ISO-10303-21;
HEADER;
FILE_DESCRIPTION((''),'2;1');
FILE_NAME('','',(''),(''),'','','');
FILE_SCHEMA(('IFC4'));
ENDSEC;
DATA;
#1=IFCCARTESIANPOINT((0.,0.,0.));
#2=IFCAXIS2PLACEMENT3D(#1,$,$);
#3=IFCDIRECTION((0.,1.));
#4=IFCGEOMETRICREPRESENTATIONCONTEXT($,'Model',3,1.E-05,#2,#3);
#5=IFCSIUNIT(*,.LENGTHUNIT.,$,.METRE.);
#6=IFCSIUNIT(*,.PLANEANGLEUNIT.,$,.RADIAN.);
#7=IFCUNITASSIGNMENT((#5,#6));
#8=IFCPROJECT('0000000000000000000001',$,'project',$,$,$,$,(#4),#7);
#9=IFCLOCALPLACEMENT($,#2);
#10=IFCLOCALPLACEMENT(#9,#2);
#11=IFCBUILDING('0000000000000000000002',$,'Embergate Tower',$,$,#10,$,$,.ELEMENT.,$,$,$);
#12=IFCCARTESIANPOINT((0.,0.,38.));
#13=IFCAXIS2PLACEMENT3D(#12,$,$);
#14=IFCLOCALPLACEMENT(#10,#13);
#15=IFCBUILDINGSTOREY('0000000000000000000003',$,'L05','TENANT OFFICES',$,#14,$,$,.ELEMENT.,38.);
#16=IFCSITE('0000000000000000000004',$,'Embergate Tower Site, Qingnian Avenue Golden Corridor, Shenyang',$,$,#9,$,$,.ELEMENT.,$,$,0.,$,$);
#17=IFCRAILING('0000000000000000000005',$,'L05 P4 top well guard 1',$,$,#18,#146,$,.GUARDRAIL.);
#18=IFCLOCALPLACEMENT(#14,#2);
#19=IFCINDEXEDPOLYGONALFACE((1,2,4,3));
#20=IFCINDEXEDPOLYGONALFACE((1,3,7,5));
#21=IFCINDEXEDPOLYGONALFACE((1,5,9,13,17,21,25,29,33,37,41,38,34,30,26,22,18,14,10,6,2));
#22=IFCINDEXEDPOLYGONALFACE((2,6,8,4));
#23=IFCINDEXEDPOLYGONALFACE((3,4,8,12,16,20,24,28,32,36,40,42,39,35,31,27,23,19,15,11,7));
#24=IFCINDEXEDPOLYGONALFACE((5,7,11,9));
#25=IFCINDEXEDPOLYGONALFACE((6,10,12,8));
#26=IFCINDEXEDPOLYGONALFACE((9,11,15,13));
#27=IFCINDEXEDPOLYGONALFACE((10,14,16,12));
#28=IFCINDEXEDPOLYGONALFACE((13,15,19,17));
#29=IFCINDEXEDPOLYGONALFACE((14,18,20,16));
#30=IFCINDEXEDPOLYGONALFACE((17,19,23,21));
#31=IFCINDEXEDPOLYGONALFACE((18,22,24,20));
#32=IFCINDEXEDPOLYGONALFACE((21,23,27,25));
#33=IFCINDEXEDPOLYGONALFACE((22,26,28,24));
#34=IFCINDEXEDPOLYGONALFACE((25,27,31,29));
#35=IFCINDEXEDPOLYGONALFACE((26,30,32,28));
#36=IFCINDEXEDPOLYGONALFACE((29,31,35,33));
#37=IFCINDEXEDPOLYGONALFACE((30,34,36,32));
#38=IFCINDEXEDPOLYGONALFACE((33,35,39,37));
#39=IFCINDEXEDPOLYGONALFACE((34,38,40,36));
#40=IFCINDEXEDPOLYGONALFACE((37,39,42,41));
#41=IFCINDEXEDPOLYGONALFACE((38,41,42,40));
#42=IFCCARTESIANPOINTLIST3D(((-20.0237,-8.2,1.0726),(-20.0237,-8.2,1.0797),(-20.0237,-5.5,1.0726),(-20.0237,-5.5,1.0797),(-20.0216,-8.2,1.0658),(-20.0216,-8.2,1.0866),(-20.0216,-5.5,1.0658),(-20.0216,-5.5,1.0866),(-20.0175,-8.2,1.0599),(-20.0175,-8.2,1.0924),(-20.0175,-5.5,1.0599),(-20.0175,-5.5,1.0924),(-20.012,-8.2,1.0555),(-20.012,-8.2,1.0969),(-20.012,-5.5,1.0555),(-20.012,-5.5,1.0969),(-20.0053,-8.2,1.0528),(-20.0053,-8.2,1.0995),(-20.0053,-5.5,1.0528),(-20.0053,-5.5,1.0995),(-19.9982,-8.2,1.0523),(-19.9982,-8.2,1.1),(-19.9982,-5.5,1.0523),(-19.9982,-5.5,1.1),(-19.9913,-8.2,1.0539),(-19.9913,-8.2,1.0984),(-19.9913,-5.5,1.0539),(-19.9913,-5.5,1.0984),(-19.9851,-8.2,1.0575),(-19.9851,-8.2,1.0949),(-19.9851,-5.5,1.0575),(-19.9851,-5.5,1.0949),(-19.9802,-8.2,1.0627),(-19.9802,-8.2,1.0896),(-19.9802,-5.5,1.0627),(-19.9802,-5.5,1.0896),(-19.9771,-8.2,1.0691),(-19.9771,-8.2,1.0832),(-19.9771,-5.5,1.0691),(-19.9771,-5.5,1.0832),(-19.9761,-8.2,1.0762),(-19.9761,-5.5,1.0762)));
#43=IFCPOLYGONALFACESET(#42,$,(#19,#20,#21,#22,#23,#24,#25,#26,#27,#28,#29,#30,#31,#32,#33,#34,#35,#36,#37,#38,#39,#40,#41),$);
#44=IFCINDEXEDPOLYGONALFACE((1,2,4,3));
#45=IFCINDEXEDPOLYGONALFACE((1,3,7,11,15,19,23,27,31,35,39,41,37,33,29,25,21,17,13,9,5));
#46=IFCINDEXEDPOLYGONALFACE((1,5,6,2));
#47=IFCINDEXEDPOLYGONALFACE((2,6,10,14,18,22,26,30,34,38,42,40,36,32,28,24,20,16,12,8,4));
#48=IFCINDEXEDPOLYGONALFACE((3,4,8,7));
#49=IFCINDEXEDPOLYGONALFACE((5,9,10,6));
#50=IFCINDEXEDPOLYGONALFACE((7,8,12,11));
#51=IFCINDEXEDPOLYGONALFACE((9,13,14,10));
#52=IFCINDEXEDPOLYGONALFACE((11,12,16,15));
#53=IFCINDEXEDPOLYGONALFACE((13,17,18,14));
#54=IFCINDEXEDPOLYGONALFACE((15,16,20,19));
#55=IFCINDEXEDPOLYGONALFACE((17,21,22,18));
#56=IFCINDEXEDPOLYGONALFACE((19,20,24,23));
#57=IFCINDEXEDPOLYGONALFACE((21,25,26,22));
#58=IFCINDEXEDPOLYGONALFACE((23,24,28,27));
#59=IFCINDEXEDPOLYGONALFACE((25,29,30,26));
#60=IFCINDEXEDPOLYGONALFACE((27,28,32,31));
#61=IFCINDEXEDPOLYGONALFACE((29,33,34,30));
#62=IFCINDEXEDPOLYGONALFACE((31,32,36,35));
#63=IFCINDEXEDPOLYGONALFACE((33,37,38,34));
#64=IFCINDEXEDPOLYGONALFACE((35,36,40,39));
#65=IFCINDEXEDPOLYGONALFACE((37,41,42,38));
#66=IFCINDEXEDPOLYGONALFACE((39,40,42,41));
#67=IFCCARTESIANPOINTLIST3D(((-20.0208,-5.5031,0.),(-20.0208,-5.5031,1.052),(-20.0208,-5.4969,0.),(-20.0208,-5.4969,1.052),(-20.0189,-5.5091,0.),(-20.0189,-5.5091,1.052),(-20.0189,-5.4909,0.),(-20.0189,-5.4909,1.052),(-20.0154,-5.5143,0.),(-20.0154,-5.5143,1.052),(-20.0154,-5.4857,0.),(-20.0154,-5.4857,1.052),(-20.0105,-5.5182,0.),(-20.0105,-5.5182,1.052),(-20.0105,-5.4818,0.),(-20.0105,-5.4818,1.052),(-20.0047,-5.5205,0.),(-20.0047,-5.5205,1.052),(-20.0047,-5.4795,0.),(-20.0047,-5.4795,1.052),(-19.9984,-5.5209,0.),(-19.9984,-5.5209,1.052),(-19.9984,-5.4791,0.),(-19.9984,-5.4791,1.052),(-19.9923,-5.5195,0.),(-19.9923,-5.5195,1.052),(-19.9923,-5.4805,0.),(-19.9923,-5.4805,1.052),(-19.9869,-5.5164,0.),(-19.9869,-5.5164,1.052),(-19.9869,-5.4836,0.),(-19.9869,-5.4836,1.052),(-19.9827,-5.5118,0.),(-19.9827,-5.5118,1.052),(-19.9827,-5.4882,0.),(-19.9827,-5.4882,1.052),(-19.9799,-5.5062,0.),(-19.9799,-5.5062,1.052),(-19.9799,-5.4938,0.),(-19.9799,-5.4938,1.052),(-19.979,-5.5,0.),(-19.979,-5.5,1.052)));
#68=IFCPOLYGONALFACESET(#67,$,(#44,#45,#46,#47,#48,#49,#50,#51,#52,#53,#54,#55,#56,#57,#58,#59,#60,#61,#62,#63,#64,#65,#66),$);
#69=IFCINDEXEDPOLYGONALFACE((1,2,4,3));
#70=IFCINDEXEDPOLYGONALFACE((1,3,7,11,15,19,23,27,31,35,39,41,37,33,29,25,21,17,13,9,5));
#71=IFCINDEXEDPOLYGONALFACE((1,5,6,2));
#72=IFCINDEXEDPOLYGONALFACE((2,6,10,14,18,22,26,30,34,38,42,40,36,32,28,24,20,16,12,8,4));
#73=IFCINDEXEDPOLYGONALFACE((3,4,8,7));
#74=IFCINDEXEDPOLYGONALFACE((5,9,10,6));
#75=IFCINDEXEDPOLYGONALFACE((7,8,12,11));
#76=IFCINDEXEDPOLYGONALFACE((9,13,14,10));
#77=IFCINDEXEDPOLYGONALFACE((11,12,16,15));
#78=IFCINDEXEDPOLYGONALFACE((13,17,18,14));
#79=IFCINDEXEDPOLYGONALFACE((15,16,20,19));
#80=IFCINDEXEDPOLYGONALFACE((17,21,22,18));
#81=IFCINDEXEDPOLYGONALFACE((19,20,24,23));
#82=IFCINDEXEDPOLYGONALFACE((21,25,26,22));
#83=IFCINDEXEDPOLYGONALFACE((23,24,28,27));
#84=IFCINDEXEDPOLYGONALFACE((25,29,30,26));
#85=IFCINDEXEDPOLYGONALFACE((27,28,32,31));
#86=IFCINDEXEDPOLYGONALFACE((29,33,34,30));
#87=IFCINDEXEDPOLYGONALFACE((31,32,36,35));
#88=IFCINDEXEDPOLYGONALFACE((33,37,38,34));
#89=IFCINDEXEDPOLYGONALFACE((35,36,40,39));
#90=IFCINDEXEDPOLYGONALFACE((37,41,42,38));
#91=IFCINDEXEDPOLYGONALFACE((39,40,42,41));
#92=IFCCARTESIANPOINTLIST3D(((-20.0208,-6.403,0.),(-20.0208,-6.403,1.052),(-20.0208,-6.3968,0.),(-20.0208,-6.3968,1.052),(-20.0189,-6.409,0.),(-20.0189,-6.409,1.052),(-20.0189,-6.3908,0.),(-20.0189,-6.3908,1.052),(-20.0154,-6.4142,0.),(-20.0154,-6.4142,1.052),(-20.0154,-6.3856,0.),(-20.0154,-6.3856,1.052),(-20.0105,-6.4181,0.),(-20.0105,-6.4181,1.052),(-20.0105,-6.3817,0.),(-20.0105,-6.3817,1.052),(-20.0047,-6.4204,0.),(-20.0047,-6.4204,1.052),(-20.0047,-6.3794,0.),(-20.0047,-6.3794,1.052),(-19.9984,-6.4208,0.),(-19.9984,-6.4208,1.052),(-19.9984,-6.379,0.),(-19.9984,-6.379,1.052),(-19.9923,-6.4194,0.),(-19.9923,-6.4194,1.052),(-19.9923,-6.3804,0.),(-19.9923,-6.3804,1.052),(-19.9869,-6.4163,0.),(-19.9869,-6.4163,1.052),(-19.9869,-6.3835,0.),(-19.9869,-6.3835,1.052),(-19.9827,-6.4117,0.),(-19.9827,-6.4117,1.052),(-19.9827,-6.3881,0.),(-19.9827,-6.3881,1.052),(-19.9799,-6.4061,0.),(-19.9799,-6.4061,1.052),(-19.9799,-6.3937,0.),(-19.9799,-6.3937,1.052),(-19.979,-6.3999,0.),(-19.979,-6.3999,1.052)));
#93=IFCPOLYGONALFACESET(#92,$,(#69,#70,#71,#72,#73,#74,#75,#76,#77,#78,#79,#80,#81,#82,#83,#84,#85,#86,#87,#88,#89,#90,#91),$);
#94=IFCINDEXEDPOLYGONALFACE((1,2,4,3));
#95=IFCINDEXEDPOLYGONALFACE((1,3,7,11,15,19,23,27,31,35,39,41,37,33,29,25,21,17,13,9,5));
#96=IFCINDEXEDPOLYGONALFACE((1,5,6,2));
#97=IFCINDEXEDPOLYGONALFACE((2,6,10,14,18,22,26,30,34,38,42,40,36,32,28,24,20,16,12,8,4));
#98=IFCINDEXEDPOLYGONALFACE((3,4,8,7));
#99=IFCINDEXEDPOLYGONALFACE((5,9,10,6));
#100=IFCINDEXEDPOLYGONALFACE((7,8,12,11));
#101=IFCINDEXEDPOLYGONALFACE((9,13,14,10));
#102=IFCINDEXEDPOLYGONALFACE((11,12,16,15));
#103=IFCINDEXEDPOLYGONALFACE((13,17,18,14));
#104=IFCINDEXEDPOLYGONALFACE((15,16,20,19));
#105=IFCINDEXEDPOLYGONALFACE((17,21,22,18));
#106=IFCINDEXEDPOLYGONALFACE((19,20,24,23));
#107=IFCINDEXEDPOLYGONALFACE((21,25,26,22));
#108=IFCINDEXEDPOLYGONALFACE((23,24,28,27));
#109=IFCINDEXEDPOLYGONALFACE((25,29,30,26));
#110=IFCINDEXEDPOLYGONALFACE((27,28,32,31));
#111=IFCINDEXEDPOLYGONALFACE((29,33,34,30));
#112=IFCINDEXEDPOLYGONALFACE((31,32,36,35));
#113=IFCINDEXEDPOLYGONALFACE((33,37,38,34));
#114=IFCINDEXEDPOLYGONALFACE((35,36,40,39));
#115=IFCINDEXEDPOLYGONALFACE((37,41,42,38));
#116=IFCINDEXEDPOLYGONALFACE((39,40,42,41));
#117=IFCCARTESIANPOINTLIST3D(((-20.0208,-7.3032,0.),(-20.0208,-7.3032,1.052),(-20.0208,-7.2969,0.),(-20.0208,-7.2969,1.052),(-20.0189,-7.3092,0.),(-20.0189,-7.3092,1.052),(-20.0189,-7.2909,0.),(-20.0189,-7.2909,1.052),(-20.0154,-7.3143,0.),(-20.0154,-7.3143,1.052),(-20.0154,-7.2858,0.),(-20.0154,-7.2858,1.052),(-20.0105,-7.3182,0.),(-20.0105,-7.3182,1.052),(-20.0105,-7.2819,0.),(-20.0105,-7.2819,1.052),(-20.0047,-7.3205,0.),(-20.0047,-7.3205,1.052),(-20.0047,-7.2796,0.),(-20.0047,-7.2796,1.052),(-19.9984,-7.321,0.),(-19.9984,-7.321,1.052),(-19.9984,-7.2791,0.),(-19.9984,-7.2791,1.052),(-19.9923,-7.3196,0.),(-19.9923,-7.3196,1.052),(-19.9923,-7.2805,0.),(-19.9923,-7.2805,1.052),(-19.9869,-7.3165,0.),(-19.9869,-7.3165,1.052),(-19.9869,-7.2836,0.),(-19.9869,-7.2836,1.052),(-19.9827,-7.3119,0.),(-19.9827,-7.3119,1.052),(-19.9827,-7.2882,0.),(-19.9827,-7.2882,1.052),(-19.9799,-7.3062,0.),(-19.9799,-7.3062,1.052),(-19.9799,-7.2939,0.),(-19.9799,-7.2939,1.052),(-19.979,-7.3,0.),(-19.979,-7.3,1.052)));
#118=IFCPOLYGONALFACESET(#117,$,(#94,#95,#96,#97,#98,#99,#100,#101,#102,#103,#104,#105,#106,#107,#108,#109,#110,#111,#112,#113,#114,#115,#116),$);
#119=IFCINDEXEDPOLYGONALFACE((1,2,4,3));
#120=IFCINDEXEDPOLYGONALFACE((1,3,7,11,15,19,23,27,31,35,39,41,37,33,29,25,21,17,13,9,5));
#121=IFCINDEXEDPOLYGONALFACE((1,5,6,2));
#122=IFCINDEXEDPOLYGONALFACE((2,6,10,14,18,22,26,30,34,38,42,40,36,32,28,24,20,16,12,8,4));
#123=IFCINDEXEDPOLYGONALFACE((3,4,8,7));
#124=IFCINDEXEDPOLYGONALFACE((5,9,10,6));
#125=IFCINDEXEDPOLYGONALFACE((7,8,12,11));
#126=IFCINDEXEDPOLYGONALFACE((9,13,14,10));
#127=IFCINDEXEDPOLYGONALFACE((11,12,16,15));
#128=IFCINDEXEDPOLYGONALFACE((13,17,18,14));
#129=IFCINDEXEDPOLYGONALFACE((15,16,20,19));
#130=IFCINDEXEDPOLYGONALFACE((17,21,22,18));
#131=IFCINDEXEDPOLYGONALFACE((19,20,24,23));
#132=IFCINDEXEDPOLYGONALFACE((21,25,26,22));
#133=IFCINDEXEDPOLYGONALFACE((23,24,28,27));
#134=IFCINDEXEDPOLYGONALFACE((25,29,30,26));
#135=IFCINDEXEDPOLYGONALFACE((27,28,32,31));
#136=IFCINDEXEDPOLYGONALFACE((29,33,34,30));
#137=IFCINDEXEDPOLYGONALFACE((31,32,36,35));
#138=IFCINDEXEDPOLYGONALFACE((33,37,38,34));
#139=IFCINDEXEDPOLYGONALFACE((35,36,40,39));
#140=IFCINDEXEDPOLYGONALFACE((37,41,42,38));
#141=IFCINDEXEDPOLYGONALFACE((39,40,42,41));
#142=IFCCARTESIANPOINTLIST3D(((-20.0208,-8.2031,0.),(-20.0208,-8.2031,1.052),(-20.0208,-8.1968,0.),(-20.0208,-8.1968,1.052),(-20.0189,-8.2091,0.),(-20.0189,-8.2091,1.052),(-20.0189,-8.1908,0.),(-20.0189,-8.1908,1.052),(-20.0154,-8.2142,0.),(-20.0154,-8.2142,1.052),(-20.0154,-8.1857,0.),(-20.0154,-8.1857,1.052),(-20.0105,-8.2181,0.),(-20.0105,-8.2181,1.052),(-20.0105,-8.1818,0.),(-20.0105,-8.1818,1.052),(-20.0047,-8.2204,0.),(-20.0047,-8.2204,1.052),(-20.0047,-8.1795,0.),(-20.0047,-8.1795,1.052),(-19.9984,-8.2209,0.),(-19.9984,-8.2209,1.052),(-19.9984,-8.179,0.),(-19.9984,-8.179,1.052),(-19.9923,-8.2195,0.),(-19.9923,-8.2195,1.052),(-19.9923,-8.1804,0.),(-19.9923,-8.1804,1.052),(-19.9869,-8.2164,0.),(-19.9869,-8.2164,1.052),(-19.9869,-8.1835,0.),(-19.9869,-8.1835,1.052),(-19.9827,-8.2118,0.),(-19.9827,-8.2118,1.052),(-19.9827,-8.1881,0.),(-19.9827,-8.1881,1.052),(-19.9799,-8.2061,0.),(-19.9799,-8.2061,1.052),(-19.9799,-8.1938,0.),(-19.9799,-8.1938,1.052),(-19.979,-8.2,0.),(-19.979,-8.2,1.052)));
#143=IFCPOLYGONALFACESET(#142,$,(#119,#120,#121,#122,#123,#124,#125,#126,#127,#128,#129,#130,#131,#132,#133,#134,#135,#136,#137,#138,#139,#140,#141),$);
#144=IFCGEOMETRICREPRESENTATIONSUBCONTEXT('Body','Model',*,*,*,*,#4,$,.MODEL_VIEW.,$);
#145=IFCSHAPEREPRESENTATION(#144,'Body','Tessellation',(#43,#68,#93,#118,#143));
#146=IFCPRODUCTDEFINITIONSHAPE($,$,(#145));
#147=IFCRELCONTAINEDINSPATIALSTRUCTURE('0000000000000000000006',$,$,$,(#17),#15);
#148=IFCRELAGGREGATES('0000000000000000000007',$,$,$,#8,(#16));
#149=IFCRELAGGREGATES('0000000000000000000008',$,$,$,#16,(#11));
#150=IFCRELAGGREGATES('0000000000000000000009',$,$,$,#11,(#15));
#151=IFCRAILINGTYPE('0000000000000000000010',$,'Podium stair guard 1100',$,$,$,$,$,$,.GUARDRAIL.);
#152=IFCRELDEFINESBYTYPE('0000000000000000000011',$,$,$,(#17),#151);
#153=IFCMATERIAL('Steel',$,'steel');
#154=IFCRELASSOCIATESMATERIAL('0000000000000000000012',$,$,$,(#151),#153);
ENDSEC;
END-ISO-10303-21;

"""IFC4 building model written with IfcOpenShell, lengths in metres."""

from ifc_helpers import new_model, si_unit, direction, frame, origin, origin_2d, place, context, subcontext, project, spatial, circle, extrude, source, transform, mapped, material, type_object, element, save


model = new_model("IFC4")

# Units and contexts
model_context = context("Model", 3, precision=1e-05, world=origin(), true_north=direction((0.0, 1.0)))
body_context = subcontext(model_context, "Body", "Model", "MODEL_VIEW")
ifc_project = project(units=[si_unit("LENGTHUNIT", "METRE"), si_unit("PLANEANGLEUNIT", "RADIAN")], contexts=[model_context])

# Site, building, storey
site_placement = place(None, origin())
site = spatial("IfcSite", under=ifc_project, at=site_placement, Name="Embergate Tower Site, Qingnian Avenue Golden Corridor, Shenyang", CompositionType="ELEMENT", RefElevation=0.0)
building_placement = place(site_placement, origin())
building = spatial("IfcBuilding", under=site, at=building_placement, Name="Embergate Tower", CompositionType="ELEMENT")
storey_placement = place(building_placement, frame((0.0, 0.0, 38.0)))
storey = spatial("IfcBuildingStorey", under=building, at=storey_placement, Name="L05", Description="TENANT OFFICES", CompositionType="ELEMENT", Elevation=38.0)

# Railing
ifc_material_1 = material(Name="Steel", Category="steel")
railing_type = type_object("IfcRailingType", Name="Podium stair guard 1100", PredefinedType="GUARDRAIL", material=ifc_material_1)
shared_shape_1 = source(origin(), body_context, "Body", "SweptSolid", [
    extrude(circle(Radius=0.0239, at=origin_2d()), frame((0.0, 0.0, 1.0762), z_axis=(0.0, -1.0, 0.0), x_axis=(1.0, 0.0, 0.0)), (0.0, 0.0, 1.0), 2.7),
    extrude(circle(Radius=0.021, at=origin_2d()), origin(), (0.0, 0.0, 1.0), 1.052),
    extrude(circle(Radius=0.021, at=origin_2d()), frame((0.0, -0.8999, 0.0)), (0.0, 0.0, 1.0), 1.052),
    extrude(circle(Radius=0.021, at=origin_2d()), frame((0.0, -1.8, 0.0)), (0.0, 0.0, 1.0), 1.052),
    extrude(circle(Radius=0.021, at=origin_2d()), frame((0.0, -2.7, 0.0)), (0.0, 0.0, 1.0), 1.052),
])
railing_placement = place(storey_placement, frame((-20.0, -5.5, 0.0)))
element("IfcRailing", 1, at=railing_placement, inside=storey, type_object=railing_type, Name="L05 P4 top well guard 1", PredefinedType="GUARDRAIL", context=body_context, shape_type="MappedRepresentation", body=[
    mapped(shared_shape_1, transform((0.0, 0.0, 0.0))),
])

save(model, "model.ifc")
